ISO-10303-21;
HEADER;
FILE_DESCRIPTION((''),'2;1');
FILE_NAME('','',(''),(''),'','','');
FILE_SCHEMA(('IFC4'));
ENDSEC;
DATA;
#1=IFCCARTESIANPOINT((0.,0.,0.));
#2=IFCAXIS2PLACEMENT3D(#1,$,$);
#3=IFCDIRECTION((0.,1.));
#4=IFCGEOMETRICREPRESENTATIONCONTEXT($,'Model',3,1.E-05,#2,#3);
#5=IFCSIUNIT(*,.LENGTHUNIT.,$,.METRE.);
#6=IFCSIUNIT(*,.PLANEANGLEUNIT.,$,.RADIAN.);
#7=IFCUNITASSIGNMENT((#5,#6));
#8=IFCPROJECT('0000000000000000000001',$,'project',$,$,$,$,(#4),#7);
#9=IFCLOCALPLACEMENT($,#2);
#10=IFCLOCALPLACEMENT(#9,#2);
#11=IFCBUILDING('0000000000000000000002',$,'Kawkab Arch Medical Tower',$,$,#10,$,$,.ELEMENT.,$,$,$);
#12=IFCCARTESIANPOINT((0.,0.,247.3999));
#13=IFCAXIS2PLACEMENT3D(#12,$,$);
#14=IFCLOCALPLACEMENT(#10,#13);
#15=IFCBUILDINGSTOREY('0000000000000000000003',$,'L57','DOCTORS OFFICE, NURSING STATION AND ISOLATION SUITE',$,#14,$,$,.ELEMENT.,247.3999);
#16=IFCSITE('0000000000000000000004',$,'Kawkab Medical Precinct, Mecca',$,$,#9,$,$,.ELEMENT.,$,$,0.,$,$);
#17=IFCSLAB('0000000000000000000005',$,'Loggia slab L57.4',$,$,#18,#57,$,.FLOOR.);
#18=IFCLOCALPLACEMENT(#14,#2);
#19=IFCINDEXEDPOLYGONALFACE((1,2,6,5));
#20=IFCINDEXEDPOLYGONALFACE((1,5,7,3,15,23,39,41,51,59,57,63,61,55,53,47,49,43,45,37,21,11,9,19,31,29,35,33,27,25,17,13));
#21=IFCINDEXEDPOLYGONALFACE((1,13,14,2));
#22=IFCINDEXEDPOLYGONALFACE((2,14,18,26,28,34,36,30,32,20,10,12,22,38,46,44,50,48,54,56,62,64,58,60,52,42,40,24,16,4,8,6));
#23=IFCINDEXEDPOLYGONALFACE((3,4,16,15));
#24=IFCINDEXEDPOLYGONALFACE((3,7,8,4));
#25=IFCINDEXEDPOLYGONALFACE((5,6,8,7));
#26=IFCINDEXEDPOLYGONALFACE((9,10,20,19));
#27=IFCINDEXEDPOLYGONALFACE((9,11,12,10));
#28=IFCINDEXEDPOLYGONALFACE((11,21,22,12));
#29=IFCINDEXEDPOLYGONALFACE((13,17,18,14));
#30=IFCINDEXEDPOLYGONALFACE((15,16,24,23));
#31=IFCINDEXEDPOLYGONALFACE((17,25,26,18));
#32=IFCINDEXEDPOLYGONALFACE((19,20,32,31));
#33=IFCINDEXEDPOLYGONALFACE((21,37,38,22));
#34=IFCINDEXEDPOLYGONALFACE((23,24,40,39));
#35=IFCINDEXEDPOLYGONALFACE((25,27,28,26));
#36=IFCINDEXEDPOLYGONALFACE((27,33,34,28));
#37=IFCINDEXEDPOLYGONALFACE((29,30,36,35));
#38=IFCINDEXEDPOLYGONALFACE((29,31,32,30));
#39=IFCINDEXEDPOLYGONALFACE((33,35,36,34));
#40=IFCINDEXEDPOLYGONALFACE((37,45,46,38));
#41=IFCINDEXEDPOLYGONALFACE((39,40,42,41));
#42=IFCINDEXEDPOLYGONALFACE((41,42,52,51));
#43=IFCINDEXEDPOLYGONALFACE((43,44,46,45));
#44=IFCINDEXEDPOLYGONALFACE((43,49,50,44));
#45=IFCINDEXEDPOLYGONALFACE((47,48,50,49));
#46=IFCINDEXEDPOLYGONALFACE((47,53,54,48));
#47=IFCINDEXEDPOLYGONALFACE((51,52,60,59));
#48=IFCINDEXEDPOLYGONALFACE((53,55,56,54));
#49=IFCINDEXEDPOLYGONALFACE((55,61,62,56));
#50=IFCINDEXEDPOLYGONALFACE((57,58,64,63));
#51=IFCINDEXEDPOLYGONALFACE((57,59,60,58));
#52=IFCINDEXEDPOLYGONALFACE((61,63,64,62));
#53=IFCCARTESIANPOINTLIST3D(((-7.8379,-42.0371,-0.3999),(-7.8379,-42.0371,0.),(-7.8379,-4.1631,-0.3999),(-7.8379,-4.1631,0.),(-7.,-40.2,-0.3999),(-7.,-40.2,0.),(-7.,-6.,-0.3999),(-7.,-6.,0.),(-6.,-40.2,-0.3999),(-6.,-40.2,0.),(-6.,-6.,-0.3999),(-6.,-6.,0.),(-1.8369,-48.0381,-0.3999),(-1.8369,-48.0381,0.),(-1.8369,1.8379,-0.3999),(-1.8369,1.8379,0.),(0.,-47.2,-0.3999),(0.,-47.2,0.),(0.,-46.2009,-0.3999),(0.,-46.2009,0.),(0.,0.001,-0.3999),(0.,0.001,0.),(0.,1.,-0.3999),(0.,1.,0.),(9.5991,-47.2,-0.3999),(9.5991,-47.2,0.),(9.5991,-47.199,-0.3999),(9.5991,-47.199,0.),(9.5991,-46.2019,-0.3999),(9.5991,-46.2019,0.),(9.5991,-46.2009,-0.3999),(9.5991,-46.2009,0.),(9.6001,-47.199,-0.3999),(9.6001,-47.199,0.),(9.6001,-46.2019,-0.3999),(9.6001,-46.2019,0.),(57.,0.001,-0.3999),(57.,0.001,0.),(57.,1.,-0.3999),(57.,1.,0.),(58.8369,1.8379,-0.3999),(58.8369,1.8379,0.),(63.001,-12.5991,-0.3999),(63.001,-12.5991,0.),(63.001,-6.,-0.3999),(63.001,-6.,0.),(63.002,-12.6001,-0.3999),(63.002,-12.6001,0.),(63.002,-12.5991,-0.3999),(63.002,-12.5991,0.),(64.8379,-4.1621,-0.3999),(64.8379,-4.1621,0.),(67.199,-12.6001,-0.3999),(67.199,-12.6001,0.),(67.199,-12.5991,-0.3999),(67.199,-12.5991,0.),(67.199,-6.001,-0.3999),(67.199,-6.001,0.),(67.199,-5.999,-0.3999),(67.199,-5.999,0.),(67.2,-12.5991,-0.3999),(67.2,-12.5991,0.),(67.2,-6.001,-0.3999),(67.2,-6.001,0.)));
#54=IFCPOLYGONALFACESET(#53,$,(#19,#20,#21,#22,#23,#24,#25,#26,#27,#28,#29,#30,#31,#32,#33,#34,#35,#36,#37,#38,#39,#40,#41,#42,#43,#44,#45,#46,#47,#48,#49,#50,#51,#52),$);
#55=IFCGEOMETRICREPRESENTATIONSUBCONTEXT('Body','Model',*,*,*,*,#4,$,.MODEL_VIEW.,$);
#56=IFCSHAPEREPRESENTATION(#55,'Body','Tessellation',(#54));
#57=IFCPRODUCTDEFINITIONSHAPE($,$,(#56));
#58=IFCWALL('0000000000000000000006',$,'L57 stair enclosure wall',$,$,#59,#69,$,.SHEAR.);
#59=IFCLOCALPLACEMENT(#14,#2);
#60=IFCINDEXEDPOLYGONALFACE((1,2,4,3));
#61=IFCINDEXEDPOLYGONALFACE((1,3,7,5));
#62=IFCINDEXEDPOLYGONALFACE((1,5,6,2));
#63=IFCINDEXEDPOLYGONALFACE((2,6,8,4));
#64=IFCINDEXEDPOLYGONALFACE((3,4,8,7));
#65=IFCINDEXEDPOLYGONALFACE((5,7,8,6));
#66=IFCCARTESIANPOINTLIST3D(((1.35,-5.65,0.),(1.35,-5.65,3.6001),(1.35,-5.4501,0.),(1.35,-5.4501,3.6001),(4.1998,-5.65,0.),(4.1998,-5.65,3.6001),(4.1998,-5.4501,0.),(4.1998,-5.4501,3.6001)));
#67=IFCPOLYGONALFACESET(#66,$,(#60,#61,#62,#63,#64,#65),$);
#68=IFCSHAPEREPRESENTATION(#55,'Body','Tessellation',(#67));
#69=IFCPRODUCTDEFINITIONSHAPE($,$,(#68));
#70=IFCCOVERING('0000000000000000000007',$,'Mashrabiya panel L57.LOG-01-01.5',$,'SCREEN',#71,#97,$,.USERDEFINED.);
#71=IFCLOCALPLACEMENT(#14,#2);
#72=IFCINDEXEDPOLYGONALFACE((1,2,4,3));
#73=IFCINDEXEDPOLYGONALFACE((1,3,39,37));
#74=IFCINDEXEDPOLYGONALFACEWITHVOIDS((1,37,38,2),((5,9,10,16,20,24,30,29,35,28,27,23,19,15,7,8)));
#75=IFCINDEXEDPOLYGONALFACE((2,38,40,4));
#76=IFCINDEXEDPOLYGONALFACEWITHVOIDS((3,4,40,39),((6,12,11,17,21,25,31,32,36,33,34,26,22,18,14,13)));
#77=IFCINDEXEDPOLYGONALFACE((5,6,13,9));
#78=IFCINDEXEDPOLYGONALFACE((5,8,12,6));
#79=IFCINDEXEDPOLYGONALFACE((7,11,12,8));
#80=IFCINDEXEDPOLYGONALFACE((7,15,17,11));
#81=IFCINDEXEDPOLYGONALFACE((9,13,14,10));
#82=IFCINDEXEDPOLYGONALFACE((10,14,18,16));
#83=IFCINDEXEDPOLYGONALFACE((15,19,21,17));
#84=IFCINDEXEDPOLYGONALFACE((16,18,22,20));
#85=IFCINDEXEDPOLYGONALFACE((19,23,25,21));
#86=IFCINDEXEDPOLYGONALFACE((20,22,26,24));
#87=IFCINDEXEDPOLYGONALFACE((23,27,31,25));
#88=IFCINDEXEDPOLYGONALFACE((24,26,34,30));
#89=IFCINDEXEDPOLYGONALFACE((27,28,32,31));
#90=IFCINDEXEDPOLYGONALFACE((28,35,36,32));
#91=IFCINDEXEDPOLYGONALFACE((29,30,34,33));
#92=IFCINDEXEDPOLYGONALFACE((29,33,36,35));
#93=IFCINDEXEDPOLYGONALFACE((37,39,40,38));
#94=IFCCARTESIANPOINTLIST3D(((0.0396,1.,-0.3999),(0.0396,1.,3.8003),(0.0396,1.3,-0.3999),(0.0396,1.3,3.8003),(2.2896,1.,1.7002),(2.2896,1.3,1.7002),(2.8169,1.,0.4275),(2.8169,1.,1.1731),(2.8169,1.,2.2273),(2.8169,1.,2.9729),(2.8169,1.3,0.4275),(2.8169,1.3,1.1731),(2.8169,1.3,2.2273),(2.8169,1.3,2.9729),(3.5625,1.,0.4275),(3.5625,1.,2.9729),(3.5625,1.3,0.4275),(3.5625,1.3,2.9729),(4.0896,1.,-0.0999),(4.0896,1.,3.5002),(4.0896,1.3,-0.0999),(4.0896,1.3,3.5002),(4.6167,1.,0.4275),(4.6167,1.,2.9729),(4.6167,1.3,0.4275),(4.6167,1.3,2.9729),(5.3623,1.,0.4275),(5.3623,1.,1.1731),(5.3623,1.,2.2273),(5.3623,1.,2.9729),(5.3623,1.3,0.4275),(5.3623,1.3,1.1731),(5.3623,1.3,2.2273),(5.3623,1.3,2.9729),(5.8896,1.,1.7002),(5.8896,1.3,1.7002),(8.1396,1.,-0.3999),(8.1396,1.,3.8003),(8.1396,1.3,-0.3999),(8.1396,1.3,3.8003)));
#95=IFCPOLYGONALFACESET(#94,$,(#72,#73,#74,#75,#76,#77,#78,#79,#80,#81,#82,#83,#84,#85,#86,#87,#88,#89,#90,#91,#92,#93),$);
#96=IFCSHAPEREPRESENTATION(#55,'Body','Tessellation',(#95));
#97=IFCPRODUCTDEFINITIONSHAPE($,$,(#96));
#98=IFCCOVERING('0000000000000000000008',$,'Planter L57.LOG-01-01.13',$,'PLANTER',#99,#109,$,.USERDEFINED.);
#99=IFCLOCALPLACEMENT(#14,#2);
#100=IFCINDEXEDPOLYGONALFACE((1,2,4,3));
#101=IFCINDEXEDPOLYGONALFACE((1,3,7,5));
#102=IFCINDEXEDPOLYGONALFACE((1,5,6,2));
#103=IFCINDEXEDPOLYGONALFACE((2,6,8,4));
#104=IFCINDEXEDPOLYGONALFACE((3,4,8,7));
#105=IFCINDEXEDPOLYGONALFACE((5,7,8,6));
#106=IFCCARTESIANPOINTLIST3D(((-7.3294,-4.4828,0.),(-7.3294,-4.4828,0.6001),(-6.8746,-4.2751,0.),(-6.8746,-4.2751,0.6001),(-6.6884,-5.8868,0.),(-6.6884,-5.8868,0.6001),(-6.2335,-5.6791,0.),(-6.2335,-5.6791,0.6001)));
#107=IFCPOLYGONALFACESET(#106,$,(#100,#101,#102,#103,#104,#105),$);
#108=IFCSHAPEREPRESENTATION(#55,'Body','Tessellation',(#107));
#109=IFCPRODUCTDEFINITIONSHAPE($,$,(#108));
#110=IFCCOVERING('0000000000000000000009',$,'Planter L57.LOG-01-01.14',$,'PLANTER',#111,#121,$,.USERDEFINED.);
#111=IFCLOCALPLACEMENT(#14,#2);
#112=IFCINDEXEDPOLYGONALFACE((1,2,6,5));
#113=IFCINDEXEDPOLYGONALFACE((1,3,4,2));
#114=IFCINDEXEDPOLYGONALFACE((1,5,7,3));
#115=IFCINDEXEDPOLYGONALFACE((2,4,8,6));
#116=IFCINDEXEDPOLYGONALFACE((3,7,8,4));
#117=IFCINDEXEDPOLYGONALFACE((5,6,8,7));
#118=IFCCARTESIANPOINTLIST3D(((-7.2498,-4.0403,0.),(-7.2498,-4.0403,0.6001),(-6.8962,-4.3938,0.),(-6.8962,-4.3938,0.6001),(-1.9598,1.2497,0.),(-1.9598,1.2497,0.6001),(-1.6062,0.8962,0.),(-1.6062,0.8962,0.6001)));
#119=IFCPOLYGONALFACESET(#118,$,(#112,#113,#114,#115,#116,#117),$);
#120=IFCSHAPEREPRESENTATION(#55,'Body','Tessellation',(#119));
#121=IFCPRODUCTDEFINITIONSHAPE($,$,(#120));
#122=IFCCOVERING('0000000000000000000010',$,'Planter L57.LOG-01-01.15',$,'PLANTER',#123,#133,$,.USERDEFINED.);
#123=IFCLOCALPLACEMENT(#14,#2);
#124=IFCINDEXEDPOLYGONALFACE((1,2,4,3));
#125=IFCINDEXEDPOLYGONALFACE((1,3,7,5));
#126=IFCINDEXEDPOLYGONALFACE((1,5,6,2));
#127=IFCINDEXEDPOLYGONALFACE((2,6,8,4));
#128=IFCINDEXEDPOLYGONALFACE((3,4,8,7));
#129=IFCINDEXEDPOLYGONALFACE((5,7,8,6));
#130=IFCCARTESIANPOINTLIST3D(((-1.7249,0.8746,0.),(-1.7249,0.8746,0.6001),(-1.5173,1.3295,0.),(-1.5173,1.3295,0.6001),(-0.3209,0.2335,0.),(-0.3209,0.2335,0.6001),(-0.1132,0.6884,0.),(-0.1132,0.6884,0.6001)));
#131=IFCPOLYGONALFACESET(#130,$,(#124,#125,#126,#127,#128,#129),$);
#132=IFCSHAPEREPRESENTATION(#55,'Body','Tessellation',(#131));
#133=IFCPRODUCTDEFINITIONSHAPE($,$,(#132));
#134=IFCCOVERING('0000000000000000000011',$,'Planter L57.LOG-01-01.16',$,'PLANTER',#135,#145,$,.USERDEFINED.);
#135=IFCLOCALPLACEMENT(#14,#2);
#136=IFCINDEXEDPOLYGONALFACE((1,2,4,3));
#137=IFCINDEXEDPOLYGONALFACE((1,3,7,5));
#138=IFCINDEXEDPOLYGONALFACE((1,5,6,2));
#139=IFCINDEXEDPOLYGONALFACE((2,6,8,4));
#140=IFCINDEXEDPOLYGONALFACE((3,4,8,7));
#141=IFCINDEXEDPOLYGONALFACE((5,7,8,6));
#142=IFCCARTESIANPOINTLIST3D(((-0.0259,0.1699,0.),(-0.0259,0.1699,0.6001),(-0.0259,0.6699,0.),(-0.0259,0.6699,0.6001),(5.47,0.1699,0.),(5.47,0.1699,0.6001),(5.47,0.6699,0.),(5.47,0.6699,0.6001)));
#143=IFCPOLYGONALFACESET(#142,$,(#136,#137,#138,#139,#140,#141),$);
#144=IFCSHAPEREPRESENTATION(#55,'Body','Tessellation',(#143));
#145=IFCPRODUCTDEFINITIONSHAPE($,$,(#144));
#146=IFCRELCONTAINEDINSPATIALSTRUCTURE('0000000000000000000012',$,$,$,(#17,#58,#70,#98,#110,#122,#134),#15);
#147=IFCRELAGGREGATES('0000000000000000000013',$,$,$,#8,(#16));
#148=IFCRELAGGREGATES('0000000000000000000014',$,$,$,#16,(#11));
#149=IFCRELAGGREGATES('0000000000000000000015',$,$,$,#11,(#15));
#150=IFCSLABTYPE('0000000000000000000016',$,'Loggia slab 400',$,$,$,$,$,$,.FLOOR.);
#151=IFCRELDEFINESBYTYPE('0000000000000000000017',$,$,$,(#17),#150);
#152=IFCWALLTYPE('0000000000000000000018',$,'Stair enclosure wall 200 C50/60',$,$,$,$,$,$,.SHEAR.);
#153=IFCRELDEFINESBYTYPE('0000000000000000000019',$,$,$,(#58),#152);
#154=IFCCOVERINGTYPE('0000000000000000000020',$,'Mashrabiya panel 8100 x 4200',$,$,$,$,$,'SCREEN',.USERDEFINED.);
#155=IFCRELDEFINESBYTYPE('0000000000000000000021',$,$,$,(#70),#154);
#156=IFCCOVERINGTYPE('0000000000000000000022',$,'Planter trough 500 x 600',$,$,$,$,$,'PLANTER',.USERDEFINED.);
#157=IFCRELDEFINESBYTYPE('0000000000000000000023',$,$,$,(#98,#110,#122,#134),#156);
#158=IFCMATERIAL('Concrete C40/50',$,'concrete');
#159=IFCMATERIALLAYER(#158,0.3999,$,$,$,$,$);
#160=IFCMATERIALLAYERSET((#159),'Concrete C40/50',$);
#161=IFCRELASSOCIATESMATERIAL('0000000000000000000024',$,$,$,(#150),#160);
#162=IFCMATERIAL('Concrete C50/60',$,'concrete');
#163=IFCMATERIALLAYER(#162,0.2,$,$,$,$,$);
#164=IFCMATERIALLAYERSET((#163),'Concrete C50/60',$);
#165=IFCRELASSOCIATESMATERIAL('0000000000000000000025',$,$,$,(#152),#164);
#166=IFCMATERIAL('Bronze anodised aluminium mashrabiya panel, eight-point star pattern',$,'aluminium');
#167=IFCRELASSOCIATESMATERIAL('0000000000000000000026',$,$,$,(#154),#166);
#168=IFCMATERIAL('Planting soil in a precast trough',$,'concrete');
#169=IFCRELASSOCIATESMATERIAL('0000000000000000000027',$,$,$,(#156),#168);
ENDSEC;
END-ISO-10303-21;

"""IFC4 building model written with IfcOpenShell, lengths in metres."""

from ifc_helpers import new_model, si_unit, direction, frame, frame_2d, origin, origin_2d, place, context, subcontext, project, spatial, polyline, rectangle, outline, extrude, material, layer, layer_set, material_profile, profile_set, type_object, element, save


model = new_model("IFC4")

# Units and contexts
model_context = context("Model", 3, precision=1e-05, world=origin(), true_north=direction((0.0, 1.0)))
body_context = subcontext(model_context, "Body", "Model", "MODEL_VIEW")
ifc_project = project(units=[si_unit("LENGTHUNIT", "METRE"), si_unit("PLANEANGLEUNIT", "RADIAN")], contexts=[model_context])

# Site, building, storey
site_placement = place(None, origin())
site = spatial("IfcSite", under=ifc_project, at=site_placement, Name="Kawkab Medical Precinct, Mecca", CompositionType="ELEMENT", RefElevation=0.0)
building_placement = place(site_placement, origin())
building = spatial("IfcBuilding", under=site, at=building_placement, Name="Kawkab Arch Medical Tower", CompositionType="ELEMENT")
storey_placement = place(building_placement, frame((0.0, 0.0, 247.3999)))
storey = spatial("IfcBuildingStorey", under=building, at=storey_placement, Name="L57", Description="DOCTORS OFFICE, NURSING STATION AND ISOLATION SUITE", CompositionType="ELEMENT", Elevation=247.3999)

# Slab
ifc_material_1 = material(Name="Concrete C40/50", Category="concrete")
ifc_layer_1 = layer(ifc_material_1, 0.3999)
ifc_layer_set_1 = layer_set([ifc_layer_1], Name="Concrete C40/50")
slab_type_1 = type_object("IfcSlabType", Name="Loggia slab 400", PredefinedType="FLOOR", material=ifc_layer_set_1)
placement_1 = place(storey_placement, frame((0.0, 0.0, -0.3999)))
element("IfcSlab", 1, at=placement_1, inside=storey, type_object=slab_type_1, Name="Loggia slab L57.4", PredefinedType="FLOOR", context=body_context, shape_type="SweptSolid", body=[
    extrude(outline(polyline([(-7.8379, -42.0371), (-7.0, -40.2), (-7.0, -6.0), (-7.8379, -4.1631), (-1.8369, 1.8379), (0.0, 1.0), (57.0, 1.0), (58.8369, 1.8379), (64.8379, -4.1621), (67.199, -5.999), (67.199, -6.001), (67.2, -6.001), (67.2, -12.5991), (67.199, -12.5991), (67.199, -12.6001), (63.002, -12.6001), (63.002, -12.5991), (63.001, -12.5991), (63.001, -6.0), (57.0, 0.001), (0.0, 0.001), (-6.0, -6.0), (-6.0, -40.2), (0.0, -46.2009), (9.5991, -46.2009), (9.5991, -46.2019), (9.6001, -46.2019), (9.6001, -47.199), (9.5991, -47.199), (9.5991, -47.2), (0.0, -47.2), (-1.8369, -48.0381), (-7.8379, -42.0371)])), origin(), (0.0, 0.0, 1.0), 0.3999),
])

# Wall
ifc_material_2 = material(Name="Concrete C50/60", Category="concrete")
ifc_layer_2 = layer(ifc_material_2, 0.2)
ifc_layer_set_2 = layer_set([ifc_layer_2], Name="Concrete C50/60")
wall_type = type_object("IfcWallType", Name="Stair enclosure wall 200 C50/60", PredefinedType="SHEAR", material=ifc_layer_set_2)
wall_placement = place(storey_placement, frame((1.3501, -5.55, 0.0), z_axis=(0.0, 0.0, 1.0), x_axis=(1.0, 0.0, 0.0)))
element("IfcWall", 2, at=wall_placement, inside=storey, type_object=wall_type, Name="L57 stair enclosure wall", PredefinedType="SHEAR", context=body_context, shape_type="SweptSolid", body=[
    extrude(rectangle(XDim=2.8499, YDim=0.2, at=frame_2d((1.4248, 0.0))), origin(), (0.0, 0.0, 1.0), 3.6001),
])

# Coverings
ifc_material_3 = material(Name="Bronze anodised aluminium mashrabiya panel, eight-point star pattern", Category="aluminium")
ifc_material_profile_1 = material_profile(ifc_material_3, outline(polyline([(-4.05, -2.1001), (4.05, -2.1001), (4.05, 2.1001), (-4.05, 2.1001), (-4.05, -2.1001)]), holes=[polyline([(1.8, 0.0), (1.2727, 0.5271), (1.2727, 1.2727), (0.5271, 1.2727), (0.0, 1.8), (-0.5271, 1.2727), (-1.2727, 1.2727), (-1.2727, 0.5271), (-1.8, 0.0), (-1.2727, -0.5271), (-1.2727, -1.2727), (-0.5271, -1.2727), (0.0, -1.8), (0.5271, -1.2727), (1.2727, -1.2727), (1.2727, -0.5271), (1.8, 0.0)])]), Name="Mashrabiya panel 8100x4200")
ifc_profile_set_1 = profile_set([ifc_material_profile_1], Name="Bronze anodised aluminium mashrabiya panel, eight-point star pattern")
covering_type_1 = type_object("IfcCoveringType", Name="Mashrabiya panel 8100 x 4200", ElementType="SCREEN", PredefinedType="USERDEFINED", material=ifc_profile_set_1)
covering_1_placement = place(storey_placement, frame((4.0896, 1.0, 1.7002), z_axis=(0.0, 1.0, 0.0), x_axis=(-1.0, 0.0, 0.0)))
element("IfcCovering", 3, at=covering_1_placement, inside=storey, type_object=covering_type_1, Name="Mashrabiya panel L57.LOG-01-01.5", ObjectType="SCREEN", PredefinedType="USERDEFINED", context=body_context, shape_type="SweptSolid", body=[
    extrude(outline(polyline([(-4.05, -2.1001), (4.05, -2.1001), (4.05, 2.1001), (-4.05, 2.1001), (-4.05, -2.1001)]), holes=[polyline([(1.8, 0.0), (1.2727, 0.5271), (1.2727, 1.2727), (0.5271, 1.2727), (0.0, 1.8), (-0.5271, 1.2727), (-1.2727, 1.2727), (-1.2727, 0.5271), (-1.8, 0.0), (-1.2727, -0.5271), (-1.2727, -1.2727), (-0.5271, -1.2727), (0.0, -1.8), (0.5271, -1.2727), (1.2727, -1.2727), (1.2727, -0.5271), (1.8, 0.0)])]), origin(), (0.0, 0.0, 1.0), 0.3),
])
ifc_material_4 = material(Name="Planting soil in a precast trough", Category="concrete")
ifc_material_profile_2 = material_profile(ifc_material_4, rectangle(XDim=0.5, YDim=0.6001, at=origin_2d()), Name="Trough 500x600")
ifc_profile_set_2 = profile_set([ifc_material_profile_2], Name="Planting soil in a precast trough")
covering_type_2 = type_object("IfcCoveringType", Name="Planter trough 500 x 600", ElementType="PLANTER", PredefinedType="USERDEFINED", material=ifc_profile_set_2)
covering_2_placement = place(storey_placement, frame((-6.4609, -5.783, 0.3), z_axis=(-0.415363, 0.909656, 0.0), x_axis=(-0.909656, -0.415363, 0.0)))
element("IfcCovering", 4, at=covering_2_placement, inside=storey, type_object=covering_type_2, Name="Planter L57.LOG-01-01.13", ObjectType="PLANTER", PredefinedType="USERDEFINED", context=body_context, shape_type="SweptSolid", body=[
    extrude(rectangle(XDim=0.5, YDim=0.6001, at=origin_2d()), origin(), (0.0, 0.0, 1.0), 1.5435),
])
covering_3_placement = place(storey_placement, frame((-7.073, -4.217, 0.3), z_axis=(0.707107, 0.707107, 0.0), x_axis=(-0.707107, 0.707107, 0.0)))
element("IfcCovering", 5, at=covering_3_placement, inside=storey, type_object=covering_type_2, Name="Planter L57.LOG-01-01.14", ObjectType="PLANTER", PredefinedType="USERDEFINED", context=body_context, shape_type="SweptSolid", body=[
    extrude(rectangle(XDim=0.5, YDim=0.6001, at=origin_2d()), origin(), (0.0, 0.0, 1.0), 7.4812),
])
covering_4_placement = place(storey_placement, frame((-1.6211, 1.1021, 0.3), z_axis=(0.909656, -0.415363, 0.0), x_axis=(0.415363, 0.909656, 0.0)))
element("IfcCovering", 6, at=covering_4_placement, inside=storey, type_object=covering_type_2, Name="Planter L57.LOG-01-01.15", ObjectType="PLANTER", PredefinedType="USERDEFINED", context=body_context, shape_type="SweptSolid", body=[
    extrude(rectangle(XDim=0.5, YDim=0.6001, at=origin_2d()), origin(), (0.0, 0.0, 1.0), 1.5435),
])
covering_5_placement = place(storey_placement, frame((-0.0259, 0.4199, 0.3), z_axis=(1.0, 0.0, 0.0), x_axis=(0.0, 1.0, 0.0)))
element("IfcCovering", 7, at=covering_5_placement, inside=storey, type_object=covering_type_2, Name="Planter L57.LOG-01-01.16", ObjectType="PLANTER", PredefinedType="USERDEFINED", context=body_context, shape_type="SweptSolid", body=[
    extrude(rectangle(XDim=0.5, YDim=0.6001, at=origin_2d()), origin(), (0.0, 0.0, 1.0), 5.4958),
])

save(model, "model.ifc")
